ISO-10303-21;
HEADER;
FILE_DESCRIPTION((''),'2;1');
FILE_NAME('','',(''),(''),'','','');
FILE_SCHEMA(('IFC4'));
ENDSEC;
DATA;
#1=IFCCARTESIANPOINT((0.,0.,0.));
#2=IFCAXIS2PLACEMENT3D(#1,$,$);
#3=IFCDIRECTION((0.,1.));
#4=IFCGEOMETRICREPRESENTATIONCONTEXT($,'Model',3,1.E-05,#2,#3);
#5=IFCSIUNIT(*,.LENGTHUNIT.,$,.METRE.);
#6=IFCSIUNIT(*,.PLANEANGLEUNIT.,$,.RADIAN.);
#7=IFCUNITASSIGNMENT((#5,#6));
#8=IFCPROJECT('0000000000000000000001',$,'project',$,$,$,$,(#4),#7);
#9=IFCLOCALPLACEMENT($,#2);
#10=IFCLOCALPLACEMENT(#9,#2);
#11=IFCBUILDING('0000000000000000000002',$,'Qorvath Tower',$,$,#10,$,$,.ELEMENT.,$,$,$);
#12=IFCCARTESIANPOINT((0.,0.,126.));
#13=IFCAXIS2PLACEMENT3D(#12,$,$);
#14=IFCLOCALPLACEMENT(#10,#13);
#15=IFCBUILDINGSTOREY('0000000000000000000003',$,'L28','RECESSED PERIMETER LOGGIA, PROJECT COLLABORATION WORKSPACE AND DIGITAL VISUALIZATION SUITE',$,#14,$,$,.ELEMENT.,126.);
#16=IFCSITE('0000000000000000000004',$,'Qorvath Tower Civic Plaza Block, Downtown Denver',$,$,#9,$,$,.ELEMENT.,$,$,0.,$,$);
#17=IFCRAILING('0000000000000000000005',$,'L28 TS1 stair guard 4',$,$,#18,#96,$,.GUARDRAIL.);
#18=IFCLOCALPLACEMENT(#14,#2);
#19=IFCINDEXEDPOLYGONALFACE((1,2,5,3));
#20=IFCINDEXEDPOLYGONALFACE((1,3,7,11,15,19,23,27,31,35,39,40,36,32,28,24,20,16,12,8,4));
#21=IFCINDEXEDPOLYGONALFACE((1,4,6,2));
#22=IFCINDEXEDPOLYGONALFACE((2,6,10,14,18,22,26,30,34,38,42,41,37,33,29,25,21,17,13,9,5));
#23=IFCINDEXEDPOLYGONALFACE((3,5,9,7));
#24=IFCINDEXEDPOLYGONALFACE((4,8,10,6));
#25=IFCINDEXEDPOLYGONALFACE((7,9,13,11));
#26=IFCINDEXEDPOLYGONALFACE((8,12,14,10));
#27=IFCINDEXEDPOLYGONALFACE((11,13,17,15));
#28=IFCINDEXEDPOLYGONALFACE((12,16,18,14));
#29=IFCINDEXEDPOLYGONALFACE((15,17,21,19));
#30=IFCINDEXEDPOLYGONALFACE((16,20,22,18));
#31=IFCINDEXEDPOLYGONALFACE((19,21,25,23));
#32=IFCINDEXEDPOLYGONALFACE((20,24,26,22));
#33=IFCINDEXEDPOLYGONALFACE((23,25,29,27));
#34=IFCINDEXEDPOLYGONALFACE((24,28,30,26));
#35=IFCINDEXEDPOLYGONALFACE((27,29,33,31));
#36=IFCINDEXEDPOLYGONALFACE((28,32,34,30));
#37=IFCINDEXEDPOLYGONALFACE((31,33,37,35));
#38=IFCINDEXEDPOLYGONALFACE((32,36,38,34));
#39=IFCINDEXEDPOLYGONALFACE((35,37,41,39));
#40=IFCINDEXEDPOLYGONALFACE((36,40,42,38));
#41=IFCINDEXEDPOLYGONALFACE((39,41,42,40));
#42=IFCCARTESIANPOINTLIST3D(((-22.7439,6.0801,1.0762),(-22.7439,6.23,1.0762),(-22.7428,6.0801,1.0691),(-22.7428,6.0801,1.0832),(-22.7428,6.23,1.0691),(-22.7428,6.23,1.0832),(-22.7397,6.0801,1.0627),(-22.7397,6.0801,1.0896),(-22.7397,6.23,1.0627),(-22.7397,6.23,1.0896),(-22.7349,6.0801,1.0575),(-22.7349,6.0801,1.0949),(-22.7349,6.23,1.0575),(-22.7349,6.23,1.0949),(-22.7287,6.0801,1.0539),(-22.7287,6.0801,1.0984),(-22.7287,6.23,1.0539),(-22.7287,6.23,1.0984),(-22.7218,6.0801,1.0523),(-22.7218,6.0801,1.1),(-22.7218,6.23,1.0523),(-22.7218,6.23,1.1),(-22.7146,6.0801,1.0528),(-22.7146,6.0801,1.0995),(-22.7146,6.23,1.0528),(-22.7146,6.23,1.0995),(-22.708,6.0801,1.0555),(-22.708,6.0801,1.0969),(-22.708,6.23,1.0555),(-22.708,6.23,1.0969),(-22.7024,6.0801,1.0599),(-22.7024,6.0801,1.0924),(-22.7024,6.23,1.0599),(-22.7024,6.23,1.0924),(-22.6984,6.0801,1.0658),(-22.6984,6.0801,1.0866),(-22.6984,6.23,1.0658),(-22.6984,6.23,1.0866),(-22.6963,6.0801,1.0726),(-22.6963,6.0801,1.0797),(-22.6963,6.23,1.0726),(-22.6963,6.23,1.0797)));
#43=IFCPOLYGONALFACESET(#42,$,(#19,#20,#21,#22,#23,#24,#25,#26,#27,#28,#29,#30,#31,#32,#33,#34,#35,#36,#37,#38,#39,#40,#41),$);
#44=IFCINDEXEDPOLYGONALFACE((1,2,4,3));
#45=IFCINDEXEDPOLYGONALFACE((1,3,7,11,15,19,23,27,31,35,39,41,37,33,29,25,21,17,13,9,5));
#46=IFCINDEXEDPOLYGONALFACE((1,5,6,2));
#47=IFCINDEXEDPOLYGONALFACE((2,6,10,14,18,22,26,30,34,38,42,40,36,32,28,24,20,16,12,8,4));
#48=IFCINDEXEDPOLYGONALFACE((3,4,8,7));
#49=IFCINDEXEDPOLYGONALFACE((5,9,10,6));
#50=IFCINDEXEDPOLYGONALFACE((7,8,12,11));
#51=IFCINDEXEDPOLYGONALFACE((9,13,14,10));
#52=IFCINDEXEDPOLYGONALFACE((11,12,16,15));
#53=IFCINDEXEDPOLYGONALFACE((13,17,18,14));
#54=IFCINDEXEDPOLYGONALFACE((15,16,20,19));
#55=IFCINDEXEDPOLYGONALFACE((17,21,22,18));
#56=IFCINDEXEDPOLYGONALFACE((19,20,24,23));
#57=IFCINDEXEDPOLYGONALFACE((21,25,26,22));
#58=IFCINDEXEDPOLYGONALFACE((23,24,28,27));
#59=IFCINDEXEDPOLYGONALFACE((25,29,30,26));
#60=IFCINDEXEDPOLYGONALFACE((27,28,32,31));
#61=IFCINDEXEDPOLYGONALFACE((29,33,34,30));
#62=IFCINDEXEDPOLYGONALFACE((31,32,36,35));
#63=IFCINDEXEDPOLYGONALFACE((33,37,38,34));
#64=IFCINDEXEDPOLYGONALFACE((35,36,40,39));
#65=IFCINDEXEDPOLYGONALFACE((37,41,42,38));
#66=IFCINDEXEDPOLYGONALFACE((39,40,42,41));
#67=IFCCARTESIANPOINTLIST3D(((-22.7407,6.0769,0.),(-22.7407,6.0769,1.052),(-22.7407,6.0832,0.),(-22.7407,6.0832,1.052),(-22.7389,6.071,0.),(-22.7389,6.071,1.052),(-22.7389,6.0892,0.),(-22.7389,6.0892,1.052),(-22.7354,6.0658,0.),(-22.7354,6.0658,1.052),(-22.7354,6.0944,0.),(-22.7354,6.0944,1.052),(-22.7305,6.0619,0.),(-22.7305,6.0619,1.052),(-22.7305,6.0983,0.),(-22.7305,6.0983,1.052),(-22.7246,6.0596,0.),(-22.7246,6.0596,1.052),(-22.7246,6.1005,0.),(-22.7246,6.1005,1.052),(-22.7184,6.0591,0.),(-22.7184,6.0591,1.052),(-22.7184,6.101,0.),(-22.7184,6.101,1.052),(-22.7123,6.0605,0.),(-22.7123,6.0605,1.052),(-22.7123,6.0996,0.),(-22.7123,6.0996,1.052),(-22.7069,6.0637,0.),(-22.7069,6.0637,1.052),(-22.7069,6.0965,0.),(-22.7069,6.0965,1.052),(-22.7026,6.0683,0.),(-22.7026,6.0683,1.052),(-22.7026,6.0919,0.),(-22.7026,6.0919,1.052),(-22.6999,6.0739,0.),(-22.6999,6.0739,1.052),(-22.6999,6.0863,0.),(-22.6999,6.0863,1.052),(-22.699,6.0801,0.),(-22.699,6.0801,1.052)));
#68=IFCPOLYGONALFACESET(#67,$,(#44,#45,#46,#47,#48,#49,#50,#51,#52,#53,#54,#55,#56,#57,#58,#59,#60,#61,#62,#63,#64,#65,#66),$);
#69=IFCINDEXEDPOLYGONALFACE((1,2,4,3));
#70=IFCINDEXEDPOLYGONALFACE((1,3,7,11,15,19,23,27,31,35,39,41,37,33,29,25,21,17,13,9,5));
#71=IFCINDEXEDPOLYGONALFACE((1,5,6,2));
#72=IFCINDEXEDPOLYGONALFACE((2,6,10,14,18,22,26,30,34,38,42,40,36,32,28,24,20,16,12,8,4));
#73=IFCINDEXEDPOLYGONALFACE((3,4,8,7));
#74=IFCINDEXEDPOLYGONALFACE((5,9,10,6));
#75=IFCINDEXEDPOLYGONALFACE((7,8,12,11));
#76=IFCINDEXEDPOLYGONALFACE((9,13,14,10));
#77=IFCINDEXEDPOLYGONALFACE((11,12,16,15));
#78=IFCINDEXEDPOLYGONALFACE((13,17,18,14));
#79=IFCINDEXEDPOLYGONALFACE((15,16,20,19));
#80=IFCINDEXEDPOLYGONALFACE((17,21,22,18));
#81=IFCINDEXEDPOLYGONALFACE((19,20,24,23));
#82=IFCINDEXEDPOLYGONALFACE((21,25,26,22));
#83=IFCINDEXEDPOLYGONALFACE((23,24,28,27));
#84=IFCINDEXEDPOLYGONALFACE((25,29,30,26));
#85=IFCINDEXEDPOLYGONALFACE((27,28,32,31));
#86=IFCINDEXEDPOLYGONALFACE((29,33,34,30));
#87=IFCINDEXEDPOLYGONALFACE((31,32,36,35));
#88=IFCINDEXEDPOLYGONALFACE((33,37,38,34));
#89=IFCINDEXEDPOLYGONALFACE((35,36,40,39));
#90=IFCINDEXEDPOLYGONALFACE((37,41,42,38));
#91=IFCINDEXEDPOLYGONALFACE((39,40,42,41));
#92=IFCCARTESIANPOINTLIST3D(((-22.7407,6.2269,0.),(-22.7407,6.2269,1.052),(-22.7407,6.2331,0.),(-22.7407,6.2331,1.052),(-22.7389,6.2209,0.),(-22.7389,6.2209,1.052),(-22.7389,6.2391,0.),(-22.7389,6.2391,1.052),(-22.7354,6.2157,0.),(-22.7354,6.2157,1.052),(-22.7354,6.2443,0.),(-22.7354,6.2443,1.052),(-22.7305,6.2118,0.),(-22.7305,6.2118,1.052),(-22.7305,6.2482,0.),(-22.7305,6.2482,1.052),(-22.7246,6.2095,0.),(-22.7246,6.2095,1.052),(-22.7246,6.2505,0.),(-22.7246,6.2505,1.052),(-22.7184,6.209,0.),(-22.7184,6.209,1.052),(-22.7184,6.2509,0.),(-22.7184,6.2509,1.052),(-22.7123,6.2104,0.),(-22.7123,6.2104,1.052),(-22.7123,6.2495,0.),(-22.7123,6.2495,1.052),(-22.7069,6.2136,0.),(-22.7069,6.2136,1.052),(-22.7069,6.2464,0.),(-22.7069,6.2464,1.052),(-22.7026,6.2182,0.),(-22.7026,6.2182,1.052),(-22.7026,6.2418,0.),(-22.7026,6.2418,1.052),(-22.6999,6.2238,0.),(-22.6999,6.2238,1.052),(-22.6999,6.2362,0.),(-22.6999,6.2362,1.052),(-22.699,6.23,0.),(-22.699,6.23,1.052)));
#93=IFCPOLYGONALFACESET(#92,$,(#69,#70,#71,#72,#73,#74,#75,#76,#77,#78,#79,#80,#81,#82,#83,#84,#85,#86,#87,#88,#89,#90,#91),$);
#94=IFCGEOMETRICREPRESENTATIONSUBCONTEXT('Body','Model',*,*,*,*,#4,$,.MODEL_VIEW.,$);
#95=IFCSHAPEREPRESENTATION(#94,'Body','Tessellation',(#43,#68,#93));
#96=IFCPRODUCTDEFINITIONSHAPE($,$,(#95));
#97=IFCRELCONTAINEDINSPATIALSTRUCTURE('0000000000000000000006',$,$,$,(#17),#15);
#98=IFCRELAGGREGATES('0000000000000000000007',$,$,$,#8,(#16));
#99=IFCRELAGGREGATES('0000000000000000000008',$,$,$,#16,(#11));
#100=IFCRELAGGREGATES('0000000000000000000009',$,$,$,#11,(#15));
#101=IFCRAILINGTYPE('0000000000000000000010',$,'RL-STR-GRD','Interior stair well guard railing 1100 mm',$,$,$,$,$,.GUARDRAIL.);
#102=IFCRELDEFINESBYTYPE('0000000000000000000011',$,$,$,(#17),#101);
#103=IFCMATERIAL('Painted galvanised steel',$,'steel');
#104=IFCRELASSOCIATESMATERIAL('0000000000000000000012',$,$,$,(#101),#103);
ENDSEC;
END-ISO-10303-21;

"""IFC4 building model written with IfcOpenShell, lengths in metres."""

from ifc_helpers import new_model, si_unit, direction, frame, origin, origin_2d, place, context, subcontext, project, spatial, circle, extrude, material, type_object, element, save


model = new_model("IFC4")

# Units and contexts
model_context = context("Model", 3, precision=1e-05, world=origin(), true_north=direction((0.0, 1.0)))
body_context = subcontext(model_context, "Body", "Model", "MODEL_VIEW")
ifc_project = project(units=[si_unit("LENGTHUNIT", "METRE"), si_unit("PLANEANGLEUNIT", "RADIAN")], contexts=[model_context])

# Site, building, storey
site_placement = place(None, origin())
site = spatial("IfcSite", under=ifc_project, at=site_placement, Name="Qorvath Tower Civic Plaza Block, Downtown Denver", CompositionType="ELEMENT", RefElevation=0.0)
building_placement = place(site_placement, origin())
building = spatial("IfcBuilding", under=site, at=building_placement, Name="Qorvath Tower", CompositionType="ELEMENT")
storey_placement = place(building_placement, frame((0.0, 0.0, 126.0)))
storey = spatial("IfcBuildingStorey", under=building, at=storey_placement, Name="L28", Description="RECESSED PERIMETER LOGGIA, PROJECT COLLABORATION WORKSPACE AND DIGITAL VISUALIZATION SUITE", CompositionType="ELEMENT", Elevation=126.0)

# Railing
ifc_material_1 = material(Name="Painted galvanised steel", Category="steel")
railing_type_1 = type_object("IfcRailingType", Name="RL-STR-GRD", Description="Interior stair well guard railing 1100 mm", PredefinedType="GUARDRAIL", material=ifc_material_1)
railing_1_placement = place(storey_placement, frame((-22.72, 6.0801, 0.0)))
element("IfcRailing", 1, at=railing_1_placement, inside=storey, type_object=railing_type_1, Name="L28 TS1 stair guard 4", PredefinedType="GUARDRAIL", context=body_context, shape_type="SweptSolid", body=[
    extrude(circle(Radius=0.0239, at=origin_2d()), frame((0.0, 0.0, 1.0762), z_axis=(0.0, 1.0, 0.0), x_axis=(-1.0, 0.0, 0.0)), (0.0, 0.0, 1.0), 0.1499),
    extrude(circle(Radius=0.021, at=origin_2d()), origin(), (0.0, 0.0, 1.0), 1.052),
    extrude(circle(Radius=0.021, at=origin_2d()), frame((0.0, 0.1499, 0.0)), (0.0, 0.0, 1.0), 1.052),
])

save(model, "model.ifc")
